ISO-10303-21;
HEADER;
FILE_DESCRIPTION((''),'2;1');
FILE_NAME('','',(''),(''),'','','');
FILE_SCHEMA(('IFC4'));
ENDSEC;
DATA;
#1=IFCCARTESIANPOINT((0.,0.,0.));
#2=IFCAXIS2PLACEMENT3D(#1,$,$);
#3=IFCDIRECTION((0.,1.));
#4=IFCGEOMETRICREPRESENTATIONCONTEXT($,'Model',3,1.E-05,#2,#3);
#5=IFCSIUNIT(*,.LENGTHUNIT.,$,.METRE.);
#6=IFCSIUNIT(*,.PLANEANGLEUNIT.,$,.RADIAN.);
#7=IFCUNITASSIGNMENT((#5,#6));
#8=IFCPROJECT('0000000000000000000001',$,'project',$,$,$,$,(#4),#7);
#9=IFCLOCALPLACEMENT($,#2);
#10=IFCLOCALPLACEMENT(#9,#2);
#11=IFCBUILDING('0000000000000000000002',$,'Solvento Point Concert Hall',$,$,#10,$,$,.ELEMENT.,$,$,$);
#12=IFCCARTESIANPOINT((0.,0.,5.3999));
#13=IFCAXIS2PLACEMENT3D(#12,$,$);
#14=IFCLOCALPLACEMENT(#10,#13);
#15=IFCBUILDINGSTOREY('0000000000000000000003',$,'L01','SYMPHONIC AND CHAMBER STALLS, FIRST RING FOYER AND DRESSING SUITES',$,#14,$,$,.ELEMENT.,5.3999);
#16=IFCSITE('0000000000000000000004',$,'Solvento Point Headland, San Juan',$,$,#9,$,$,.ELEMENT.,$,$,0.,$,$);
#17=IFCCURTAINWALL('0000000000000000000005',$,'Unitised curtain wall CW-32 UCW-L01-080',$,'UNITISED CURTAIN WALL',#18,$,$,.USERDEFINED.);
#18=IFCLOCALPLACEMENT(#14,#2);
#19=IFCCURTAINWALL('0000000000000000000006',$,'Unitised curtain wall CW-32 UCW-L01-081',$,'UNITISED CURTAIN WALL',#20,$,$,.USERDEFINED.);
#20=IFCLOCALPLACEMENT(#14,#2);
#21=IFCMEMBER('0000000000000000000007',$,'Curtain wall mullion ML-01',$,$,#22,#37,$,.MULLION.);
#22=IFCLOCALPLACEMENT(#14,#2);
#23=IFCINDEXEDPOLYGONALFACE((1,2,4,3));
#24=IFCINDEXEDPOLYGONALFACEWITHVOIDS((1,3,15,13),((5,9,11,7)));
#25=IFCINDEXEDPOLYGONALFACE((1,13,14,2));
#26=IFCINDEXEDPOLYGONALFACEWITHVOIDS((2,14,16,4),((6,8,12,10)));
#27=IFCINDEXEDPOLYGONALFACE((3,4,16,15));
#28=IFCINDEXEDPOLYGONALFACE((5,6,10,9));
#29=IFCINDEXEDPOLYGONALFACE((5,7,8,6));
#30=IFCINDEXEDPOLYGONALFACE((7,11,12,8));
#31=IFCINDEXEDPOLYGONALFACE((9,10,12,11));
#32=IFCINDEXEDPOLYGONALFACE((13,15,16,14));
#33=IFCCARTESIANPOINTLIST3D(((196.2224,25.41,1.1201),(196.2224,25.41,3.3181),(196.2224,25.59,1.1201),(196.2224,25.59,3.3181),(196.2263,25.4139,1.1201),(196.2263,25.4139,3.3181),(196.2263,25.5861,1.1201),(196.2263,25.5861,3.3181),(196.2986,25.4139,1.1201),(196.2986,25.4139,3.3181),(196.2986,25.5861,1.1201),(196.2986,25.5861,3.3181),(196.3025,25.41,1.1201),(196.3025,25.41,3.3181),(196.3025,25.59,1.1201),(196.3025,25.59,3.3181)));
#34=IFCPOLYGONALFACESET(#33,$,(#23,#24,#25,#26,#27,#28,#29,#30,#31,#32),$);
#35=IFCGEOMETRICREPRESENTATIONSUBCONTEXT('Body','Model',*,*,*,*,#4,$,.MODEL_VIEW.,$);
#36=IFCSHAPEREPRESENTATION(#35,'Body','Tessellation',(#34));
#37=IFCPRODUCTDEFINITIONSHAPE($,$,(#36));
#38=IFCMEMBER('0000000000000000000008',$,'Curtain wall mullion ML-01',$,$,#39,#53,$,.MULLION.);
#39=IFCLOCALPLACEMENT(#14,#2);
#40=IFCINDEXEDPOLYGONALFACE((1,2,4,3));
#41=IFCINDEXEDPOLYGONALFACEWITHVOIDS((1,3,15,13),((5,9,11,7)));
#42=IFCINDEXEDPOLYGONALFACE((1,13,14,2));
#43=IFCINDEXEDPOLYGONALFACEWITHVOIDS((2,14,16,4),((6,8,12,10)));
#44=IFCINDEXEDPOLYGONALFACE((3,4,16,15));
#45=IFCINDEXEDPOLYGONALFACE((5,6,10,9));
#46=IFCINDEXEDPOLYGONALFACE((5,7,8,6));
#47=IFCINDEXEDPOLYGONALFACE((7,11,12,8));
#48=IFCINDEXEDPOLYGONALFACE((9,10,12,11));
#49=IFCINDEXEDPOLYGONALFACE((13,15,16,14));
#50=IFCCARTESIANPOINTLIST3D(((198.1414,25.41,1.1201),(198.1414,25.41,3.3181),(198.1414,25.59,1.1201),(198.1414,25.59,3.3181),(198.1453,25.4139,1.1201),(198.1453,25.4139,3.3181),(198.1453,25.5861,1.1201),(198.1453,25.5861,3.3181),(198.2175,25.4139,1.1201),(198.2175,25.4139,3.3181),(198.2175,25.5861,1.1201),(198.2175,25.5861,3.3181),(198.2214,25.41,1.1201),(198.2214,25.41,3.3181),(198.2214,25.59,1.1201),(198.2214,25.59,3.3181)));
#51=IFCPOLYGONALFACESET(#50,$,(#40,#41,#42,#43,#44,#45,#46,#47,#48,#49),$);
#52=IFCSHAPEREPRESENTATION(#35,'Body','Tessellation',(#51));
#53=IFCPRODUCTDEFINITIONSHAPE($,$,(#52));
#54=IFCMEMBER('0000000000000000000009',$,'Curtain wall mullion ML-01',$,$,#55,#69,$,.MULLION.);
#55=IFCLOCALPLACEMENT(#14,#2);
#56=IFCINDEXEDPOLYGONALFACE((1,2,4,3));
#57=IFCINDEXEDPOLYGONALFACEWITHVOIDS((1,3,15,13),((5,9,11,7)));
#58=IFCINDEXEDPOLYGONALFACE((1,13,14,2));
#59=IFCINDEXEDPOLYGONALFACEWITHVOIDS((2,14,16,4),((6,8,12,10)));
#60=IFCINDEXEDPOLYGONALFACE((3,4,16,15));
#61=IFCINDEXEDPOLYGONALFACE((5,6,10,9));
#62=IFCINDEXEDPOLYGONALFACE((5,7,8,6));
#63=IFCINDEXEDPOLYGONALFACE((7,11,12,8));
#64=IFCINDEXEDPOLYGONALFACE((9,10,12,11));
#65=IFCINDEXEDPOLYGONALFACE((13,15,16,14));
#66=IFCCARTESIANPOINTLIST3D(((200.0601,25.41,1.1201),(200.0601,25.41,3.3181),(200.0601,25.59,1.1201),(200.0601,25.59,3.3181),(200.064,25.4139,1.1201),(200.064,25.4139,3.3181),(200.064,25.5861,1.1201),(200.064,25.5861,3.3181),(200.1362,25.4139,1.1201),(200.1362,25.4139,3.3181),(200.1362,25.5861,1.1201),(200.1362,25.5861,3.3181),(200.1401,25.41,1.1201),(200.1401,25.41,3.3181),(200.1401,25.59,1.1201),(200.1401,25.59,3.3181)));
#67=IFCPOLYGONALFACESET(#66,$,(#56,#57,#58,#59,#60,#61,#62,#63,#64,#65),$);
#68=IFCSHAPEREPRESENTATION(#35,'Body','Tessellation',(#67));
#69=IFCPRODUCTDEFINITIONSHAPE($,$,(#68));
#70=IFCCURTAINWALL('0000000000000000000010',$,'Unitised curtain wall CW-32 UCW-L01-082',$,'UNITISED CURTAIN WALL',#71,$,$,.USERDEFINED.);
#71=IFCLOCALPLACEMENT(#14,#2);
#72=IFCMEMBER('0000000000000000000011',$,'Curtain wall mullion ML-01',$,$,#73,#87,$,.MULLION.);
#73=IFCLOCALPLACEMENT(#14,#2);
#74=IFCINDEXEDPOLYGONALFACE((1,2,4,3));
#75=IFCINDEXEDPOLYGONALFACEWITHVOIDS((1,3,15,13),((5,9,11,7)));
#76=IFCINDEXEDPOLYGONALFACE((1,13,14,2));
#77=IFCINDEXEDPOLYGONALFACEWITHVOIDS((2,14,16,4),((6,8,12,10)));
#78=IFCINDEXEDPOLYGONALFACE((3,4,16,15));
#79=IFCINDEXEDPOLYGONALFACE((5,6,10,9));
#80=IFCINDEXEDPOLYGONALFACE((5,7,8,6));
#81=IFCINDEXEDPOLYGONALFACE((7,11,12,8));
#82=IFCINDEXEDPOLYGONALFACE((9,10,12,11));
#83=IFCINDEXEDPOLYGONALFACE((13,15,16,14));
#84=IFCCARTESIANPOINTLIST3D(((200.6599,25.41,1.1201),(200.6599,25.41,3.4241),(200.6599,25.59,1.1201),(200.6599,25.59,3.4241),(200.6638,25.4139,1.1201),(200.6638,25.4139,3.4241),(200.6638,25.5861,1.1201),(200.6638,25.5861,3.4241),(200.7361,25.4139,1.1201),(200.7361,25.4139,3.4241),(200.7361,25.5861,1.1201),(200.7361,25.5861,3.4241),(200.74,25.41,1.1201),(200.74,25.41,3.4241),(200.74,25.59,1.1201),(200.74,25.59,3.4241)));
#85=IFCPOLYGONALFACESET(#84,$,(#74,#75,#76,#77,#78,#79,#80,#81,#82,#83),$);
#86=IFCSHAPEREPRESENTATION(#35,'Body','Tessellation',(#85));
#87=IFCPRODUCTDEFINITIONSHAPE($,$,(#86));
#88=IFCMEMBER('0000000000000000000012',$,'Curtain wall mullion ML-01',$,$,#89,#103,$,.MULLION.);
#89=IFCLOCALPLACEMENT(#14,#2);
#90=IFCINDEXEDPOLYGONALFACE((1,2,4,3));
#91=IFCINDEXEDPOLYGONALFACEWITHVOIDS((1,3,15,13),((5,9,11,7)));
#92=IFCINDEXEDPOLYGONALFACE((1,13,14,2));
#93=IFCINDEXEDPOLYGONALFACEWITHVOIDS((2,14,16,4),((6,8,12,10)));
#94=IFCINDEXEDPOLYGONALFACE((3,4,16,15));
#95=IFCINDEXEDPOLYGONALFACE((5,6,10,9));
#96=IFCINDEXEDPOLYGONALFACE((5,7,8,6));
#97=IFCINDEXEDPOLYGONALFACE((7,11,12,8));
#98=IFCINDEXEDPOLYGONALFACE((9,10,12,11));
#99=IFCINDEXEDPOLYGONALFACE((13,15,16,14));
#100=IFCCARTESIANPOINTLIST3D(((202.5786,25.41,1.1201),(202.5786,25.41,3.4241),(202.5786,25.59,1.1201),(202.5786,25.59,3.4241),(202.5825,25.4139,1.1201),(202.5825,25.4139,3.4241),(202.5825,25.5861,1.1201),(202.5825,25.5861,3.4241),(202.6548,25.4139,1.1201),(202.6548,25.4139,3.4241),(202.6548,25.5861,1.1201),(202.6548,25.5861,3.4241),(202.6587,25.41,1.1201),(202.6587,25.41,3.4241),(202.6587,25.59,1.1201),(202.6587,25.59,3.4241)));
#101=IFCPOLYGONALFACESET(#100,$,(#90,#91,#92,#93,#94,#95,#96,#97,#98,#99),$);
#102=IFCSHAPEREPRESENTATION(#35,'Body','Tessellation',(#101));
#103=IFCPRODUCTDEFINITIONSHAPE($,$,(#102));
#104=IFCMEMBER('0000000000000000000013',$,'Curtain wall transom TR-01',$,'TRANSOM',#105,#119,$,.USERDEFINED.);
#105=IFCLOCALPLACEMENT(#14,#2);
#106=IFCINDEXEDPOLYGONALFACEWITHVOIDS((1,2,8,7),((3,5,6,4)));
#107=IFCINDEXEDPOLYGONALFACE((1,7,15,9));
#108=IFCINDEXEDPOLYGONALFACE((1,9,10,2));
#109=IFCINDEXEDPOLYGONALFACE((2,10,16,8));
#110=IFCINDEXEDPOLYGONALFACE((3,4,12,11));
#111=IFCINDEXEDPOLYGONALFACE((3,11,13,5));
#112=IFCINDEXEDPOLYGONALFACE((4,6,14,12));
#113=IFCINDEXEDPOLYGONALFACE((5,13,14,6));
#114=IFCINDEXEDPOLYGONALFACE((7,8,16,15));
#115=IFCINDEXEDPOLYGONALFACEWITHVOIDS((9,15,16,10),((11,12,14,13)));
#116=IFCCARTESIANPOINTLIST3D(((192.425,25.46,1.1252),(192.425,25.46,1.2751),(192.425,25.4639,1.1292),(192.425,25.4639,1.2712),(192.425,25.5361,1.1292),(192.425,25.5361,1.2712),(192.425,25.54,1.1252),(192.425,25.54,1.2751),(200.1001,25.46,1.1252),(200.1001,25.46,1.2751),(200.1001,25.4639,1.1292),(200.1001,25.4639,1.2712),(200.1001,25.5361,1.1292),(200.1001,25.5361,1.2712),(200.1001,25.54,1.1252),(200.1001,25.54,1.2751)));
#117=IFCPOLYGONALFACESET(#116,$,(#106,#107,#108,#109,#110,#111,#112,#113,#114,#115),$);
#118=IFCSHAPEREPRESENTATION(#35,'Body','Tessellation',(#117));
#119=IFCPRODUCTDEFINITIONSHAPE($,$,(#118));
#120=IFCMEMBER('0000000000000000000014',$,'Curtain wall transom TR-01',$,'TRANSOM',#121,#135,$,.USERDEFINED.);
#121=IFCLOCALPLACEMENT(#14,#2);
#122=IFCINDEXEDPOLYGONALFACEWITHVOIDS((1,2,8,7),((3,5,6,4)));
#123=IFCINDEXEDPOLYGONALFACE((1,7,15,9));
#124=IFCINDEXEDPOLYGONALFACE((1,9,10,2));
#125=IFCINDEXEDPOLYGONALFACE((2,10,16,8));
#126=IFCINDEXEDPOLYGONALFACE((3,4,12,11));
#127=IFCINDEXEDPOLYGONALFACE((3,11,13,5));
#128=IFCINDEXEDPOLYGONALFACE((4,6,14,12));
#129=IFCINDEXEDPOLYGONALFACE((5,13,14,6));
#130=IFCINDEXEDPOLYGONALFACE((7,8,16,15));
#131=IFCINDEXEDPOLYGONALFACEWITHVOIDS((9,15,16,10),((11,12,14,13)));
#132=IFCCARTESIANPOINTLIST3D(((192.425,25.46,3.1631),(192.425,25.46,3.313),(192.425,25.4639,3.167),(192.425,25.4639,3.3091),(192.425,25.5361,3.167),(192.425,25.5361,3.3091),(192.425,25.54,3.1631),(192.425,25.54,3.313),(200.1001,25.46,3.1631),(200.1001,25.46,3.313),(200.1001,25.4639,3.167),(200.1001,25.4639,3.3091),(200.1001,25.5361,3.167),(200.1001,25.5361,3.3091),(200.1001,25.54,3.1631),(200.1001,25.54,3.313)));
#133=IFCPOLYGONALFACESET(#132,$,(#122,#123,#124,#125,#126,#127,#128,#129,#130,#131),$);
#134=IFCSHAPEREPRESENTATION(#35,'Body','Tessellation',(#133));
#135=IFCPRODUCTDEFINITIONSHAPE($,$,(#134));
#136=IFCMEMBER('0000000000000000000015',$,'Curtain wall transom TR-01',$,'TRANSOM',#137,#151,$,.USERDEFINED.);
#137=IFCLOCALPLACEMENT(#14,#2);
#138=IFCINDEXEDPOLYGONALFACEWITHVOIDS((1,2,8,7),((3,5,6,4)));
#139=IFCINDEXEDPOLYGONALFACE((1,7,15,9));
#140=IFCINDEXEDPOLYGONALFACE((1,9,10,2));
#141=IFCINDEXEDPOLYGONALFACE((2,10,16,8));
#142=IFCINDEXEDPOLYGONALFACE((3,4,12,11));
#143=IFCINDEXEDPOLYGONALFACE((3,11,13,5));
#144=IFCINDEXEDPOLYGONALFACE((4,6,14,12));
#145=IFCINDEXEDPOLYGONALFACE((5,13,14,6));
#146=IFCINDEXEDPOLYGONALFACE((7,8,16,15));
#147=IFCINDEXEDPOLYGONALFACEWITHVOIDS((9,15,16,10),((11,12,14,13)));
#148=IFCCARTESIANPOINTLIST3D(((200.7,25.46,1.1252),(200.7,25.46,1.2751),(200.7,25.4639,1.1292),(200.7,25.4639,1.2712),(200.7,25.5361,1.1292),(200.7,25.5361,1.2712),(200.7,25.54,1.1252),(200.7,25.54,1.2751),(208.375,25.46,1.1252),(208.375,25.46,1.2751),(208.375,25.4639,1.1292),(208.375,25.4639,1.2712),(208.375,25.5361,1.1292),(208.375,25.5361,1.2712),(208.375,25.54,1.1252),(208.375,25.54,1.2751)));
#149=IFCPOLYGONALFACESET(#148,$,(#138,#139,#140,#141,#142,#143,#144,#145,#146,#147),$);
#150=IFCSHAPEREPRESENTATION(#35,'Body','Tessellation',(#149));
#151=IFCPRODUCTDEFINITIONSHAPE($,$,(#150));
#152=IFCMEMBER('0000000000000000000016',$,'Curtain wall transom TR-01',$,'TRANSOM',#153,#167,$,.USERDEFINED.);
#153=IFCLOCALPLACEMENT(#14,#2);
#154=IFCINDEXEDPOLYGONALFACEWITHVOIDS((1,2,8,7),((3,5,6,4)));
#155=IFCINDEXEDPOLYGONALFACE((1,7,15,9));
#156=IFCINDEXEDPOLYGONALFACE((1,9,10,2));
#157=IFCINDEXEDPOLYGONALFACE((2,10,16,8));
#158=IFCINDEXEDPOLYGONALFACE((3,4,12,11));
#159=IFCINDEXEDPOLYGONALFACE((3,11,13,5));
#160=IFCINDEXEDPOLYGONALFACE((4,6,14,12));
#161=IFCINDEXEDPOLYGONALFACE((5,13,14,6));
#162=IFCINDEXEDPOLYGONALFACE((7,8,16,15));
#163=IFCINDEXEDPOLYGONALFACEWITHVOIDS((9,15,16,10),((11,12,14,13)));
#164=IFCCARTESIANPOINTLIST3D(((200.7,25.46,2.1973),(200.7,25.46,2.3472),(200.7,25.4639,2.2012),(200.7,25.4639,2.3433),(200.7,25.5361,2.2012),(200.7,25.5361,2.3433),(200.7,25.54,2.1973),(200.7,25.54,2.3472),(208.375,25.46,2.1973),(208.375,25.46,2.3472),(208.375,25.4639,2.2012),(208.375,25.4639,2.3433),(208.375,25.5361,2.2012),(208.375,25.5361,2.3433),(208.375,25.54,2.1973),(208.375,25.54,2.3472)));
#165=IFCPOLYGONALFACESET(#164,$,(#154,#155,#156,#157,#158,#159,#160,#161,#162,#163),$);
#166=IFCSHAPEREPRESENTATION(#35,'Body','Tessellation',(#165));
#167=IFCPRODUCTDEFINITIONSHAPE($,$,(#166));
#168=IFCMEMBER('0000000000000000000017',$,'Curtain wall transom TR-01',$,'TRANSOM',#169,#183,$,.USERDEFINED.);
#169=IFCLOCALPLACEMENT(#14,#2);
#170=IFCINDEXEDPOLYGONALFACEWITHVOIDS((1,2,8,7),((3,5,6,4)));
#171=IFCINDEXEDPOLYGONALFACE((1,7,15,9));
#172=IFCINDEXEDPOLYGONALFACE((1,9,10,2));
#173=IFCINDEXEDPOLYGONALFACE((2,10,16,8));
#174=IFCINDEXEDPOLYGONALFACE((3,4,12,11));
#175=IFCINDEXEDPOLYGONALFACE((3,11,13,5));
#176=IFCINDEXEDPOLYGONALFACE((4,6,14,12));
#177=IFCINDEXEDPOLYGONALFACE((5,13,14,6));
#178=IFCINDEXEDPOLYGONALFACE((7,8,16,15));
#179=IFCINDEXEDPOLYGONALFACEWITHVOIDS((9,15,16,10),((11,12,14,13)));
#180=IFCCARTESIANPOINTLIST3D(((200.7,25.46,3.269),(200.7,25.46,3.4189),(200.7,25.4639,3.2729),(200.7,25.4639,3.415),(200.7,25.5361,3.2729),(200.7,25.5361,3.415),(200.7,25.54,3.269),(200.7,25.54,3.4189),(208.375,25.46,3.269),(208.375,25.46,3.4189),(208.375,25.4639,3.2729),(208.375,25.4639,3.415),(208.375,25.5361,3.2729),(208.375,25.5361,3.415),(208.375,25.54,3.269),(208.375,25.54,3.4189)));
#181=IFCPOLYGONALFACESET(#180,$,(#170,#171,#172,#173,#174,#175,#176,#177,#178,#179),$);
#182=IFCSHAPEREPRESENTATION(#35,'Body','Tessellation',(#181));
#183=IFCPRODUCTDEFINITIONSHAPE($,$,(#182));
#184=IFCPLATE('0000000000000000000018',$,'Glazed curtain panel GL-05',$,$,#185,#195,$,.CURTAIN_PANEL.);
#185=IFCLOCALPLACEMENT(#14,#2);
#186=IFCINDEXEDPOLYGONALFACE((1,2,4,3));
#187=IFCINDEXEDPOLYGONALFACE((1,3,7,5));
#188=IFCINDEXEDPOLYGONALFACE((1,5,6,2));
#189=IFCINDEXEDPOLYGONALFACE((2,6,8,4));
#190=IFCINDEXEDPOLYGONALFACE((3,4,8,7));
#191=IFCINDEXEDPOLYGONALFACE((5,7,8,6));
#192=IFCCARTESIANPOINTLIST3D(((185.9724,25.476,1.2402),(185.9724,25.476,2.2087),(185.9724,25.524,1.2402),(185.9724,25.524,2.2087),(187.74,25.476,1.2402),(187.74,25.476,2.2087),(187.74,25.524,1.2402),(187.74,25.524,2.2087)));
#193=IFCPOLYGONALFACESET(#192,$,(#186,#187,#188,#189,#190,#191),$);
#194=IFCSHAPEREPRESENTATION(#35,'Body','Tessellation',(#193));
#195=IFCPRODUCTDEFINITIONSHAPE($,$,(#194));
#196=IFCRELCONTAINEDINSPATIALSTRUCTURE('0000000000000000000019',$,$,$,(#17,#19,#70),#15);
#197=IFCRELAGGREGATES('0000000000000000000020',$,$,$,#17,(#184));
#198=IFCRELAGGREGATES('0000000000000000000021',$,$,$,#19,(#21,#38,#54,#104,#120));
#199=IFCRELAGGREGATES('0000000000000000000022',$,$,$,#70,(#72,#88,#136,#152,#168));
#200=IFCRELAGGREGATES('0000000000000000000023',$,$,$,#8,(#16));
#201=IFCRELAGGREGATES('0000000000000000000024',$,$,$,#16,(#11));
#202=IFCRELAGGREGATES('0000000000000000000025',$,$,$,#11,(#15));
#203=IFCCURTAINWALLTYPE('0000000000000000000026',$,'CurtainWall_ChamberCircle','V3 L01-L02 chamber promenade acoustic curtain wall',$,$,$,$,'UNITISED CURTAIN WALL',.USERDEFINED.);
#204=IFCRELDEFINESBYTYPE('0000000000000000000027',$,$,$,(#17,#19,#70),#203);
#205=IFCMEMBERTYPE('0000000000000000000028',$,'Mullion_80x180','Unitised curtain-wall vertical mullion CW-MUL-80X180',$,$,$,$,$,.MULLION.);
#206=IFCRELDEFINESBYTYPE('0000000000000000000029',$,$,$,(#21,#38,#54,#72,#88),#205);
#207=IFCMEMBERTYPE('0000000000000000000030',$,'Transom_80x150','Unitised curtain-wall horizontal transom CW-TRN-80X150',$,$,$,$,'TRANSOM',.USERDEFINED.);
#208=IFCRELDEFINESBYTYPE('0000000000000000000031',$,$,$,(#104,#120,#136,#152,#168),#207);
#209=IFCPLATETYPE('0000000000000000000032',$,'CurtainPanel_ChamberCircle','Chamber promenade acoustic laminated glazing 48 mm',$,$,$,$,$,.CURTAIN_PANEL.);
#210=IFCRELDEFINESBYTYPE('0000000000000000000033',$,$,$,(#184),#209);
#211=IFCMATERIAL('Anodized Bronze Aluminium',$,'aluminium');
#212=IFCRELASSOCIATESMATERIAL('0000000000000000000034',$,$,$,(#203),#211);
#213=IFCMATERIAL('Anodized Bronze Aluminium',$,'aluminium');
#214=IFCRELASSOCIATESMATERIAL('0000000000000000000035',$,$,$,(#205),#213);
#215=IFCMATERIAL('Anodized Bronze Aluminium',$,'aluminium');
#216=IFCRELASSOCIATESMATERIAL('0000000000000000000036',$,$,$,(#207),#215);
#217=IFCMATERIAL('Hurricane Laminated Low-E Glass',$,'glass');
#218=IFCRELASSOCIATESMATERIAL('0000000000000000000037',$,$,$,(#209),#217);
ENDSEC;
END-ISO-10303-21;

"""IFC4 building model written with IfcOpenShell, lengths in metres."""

from ifc_helpers import new_model, si_unit, direction, frame, origin, origin_2d, place, context, subcontext, project, spatial, rectangle, hollow_rectangle, extrude, material, material_profile, profile_set, type_object, element, aggregate, save


model = new_model("IFC4")

# Units and contexts
model_context = context("Model", 3, precision=1e-05, world=origin(), true_north=direction((0.0, 1.0)))
body_context = subcontext(model_context, "Body", "Model", "MODEL_VIEW")
ifc_project = project(units=[si_unit("LENGTHUNIT", "METRE"), si_unit("PLANEANGLEUNIT", "RADIAN")], contexts=[model_context])

# Site, building, storey
site_placement = place(None, origin())
site = spatial("IfcSite", under=ifc_project, at=site_placement, Name="Solvento Point Headland, San Juan", CompositionType="ELEMENT", RefElevation=0.0)
building_placement = place(site_placement, origin())
building = spatial("IfcBuilding", under=site, at=building_placement, Name="Solvento Point Concert Hall", CompositionType="ELEMENT")
storey_placement = place(building_placement, frame((0.0, 0.0, 5.3999)))
storey = spatial("IfcBuildingStorey", under=building, at=storey_placement, Name="L01", Description="SYMPHONIC AND CHAMBER STALLS, FIRST RING FOYER AND DRESSING SUITES", CompositionType="ELEMENT", Elevation=5.3999)

# Curtain walls, members
ifc_material_1 = material(Name="Anodized Bronze Aluminium", Category="aluminium")
curtain_wall_type = type_object("IfcCurtainWallType", Name="CurtainWall_ChamberCircle", Description="V3 L01-L02 chamber promenade acoustic curtain wall", ElementType="UNITISED CURTAIN WALL", PredefinedType="USERDEFINED", material=ifc_material_1)
curtain_wall_1_placement = place(storey_placement, origin())
curtain_wall_1 = element("IfcCurtainWall", 1, at=curtain_wall_1_placement, inside=storey, type_object=curtain_wall_type, Name="Unitised curtain wall CW-32 UCW-L01-080", ObjectType="UNITISED CURTAIN WALL", PredefinedType="USERDEFINED")
ifc_material_2 = material(Name="Anodized Bronze Aluminium", Category="aluminium")
ifc_material_profile_1 = material_profile(ifc_material_2, hollow_rectangle(XDim=0.0801, YDim=0.1799, WallThickness=0.0039, at=origin_2d()), Name="CW-MUL-80X180")
ifc_profile_set_1 = profile_set([ifc_material_profile_1], Name="Anodized Bronze Aluminium")
member_type_1 = type_object("IfcMemberType", Name="Mullion_80x180", Description="Unitised curtain-wall vertical mullion CW-MUL-80X180", PredefinedType="MULLION", material=ifc_profile_set_1)
curtain_wall_2_placement = place(storey_placement, origin())
curtain_wall_2 = element("IfcCurtainWall", 2, at=curtain_wall_2_placement, inside=storey, type_object=curtain_wall_type, Name="Unitised curtain wall CW-32 UCW-L01-081", ObjectType="UNITISED CURTAIN WALL", PredefinedType="USERDEFINED")
member_1_placement = place(storey_placement, frame((196.2625, 25.5, 1.1201), z_axis=(0.0, 0.0, 1.0), x_axis=(1.0, 0.0, 0.0)))
member_1 = element("IfcMember", 3, at=member_1_placement, type_object=member_type_1, Name="Curtain wall mullion ML-01", PredefinedType="MULLION", context=body_context, shape_type="SweptSolid", body=[
    extrude(hollow_rectangle(XDim=0.0801, YDim=0.1799, WallThickness=0.0039, at=origin_2d()), origin(), (0.0, 0.0, 1.0), 2.198),
])
member_2_placement = place(storey_placement, frame((198.1814, 25.5, 1.1201), z_axis=(0.0, 0.0, 1.0), x_axis=(1.0, 0.0, 0.0)))
member_2 = element("IfcMember", 4, at=member_2_placement, type_object=member_type_1, Name="Curtain wall mullion ML-01", PredefinedType="MULLION", context=body_context, shape_type="SweptSolid", body=[
    extrude(hollow_rectangle(XDim=0.0801, YDim=0.1799, WallThickness=0.0039, at=origin_2d()), origin(), (0.0, 0.0, 1.0), 2.198),
])
member_3_placement = place(storey_placement, frame((200.1001, 25.5, 1.1201), z_axis=(0.0, 0.0, 1.0), x_axis=(1.0, 0.0, 0.0)))
member_3 = element("IfcMember", 5, at=member_3_placement, type_object=member_type_1, Name="Curtain wall mullion ML-01", PredefinedType="MULLION", context=body_context, shape_type="SweptSolid", body=[
    extrude(hollow_rectangle(XDim=0.0801, YDim=0.1799, WallThickness=0.0039, at=origin_2d()), origin(), (0.0, 0.0, 1.0), 2.198),
])
curtain_wall_3_placement = place(storey_placement, origin())
curtain_wall_3 = element("IfcCurtainWall", 6, at=curtain_wall_3_placement, inside=storey, type_object=curtain_wall_type, Name="Unitised curtain wall CW-32 UCW-L01-082", ObjectType="UNITISED CURTAIN WALL", PredefinedType="USERDEFINED")
member_4_placement = place(storey_placement, frame((200.7, 25.5, 1.1201), z_axis=(0.0, 0.0, 1.0), x_axis=(1.0, 0.0, 0.0)))
member_4 = element("IfcMember", 7, at=member_4_placement, type_object=member_type_1, Name="Curtain wall mullion ML-01", PredefinedType="MULLION", context=body_context, shape_type="SweptSolid", body=[
    extrude(hollow_rectangle(XDim=0.0801, YDim=0.1799, WallThickness=0.0039, at=origin_2d()), origin(), (0.0, 0.0, 1.0), 2.304),
])
member_5_placement = place(storey_placement, frame((202.6187, 25.5, 1.1201), z_axis=(0.0, 0.0, 1.0), x_axis=(1.0, 0.0, 0.0)))
member_5 = element("IfcMember", 8, at=member_5_placement, type_object=member_type_1, Name="Curtain wall mullion ML-01", PredefinedType="MULLION", context=body_context, shape_type="SweptSolid", body=[
    extrude(hollow_rectangle(XDim=0.0801, YDim=0.1799, WallThickness=0.0039, at=origin_2d()), origin(), (0.0, 0.0, 1.0), 2.304),
])

# Members
ifc_material_3 = material(Name="Anodized Bronze Aluminium", Category="aluminium")
ifc_material_profile_2 = material_profile(ifc_material_3, hollow_rectangle(XDim=0.0801, YDim=0.1499, WallThickness=0.0039, at=origin_2d()), Name="CW-TRN-80X150")
ifc_profile_set_2 = profile_set([ifc_material_profile_2], Name="Anodized Bronze Aluminium")
member_type_2 = type_object("IfcMemberType", Name="Transom_80x150", Description="Unitised curtain-wall horizontal transom CW-TRN-80X150", ElementType="TRANSOM", PredefinedType="USERDEFINED", material=ifc_profile_set_2)
member_6_placement = place(storey_placement, frame((192.425, 25.5, 1.2002), z_axis=(1.0, 0.0, 0.0), x_axis=(0.0, 1.0, 0.0)))
member_6 = element("IfcMember", 9, at=member_6_placement, type_object=member_type_2, Name="Curtain wall transom TR-01", ObjectType="TRANSOM", PredefinedType="USERDEFINED", context=body_context, shape_type="SweptSolid", body=[
    extrude(hollow_rectangle(XDim=0.0801, YDim=0.1499, WallThickness=0.0039, at=origin_2d()), origin(), (0.0, 0.0, 1.0), 7.675),
])
member_7_placement = place(storey_placement, frame((192.425, 25.5, 3.238), z_axis=(1.0, 0.0, 0.0), x_axis=(0.0, 1.0, 0.0)))
member_7 = element("IfcMember", 10, at=member_7_placement, type_object=member_type_2, Name="Curtain wall transom TR-01", ObjectType="TRANSOM", PredefinedType="USERDEFINED", context=body_context, shape_type="SweptSolid", body=[
    extrude(hollow_rectangle(XDim=0.0801, YDim=0.1499, WallThickness=0.0039, at=origin_2d()), origin(), (0.0, 0.0, 1.0), 7.675),
])
member_8_placement = place(storey_placement, frame((200.7, 25.5, 1.2002), z_axis=(1.0, 0.0, 0.0), x_axis=(0.0, 1.0, 0.0)))
member_8 = element("IfcMember", 11, at=member_8_placement, type_object=member_type_2, Name="Curtain wall transom TR-01", ObjectType="TRANSOM", PredefinedType="USERDEFINED", context=body_context, shape_type="SweptSolid", body=[
    extrude(hollow_rectangle(XDim=0.0801, YDim=0.1499, WallThickness=0.0039, at=origin_2d()), origin(), (0.0, 0.0, 1.0), 7.675),
])
member_9_placement = place(storey_placement, frame((200.7, 25.5, 2.2722), z_axis=(1.0, 0.0, 0.0), x_axis=(0.0, 1.0, 0.0)))
member_9 = element("IfcMember", 12, at=member_9_placement, type_object=member_type_2, Name="Curtain wall transom TR-01", ObjectType="TRANSOM", PredefinedType="USERDEFINED", context=body_context, shape_type="SweptSolid", body=[
    extrude(hollow_rectangle(XDim=0.0801, YDim=0.1499, WallThickness=0.0039, at=origin_2d()), origin(), (0.0, 0.0, 1.0), 7.675),
])
member_10_placement = place(storey_placement, frame((200.7, 25.5, 3.344), z_axis=(1.0, 0.0, 0.0), x_axis=(0.0, 1.0, 0.0)))
member_10 = element("IfcMember", 13, at=member_10_placement, type_object=member_type_2, Name="Curtain wall transom TR-01", ObjectType="TRANSOM", PredefinedType="USERDEFINED", context=body_context, shape_type="SweptSolid", body=[
    extrude(hollow_rectangle(XDim=0.0801, YDim=0.1499, WallThickness=0.0039, at=origin_2d()), origin(), (0.0, 0.0, 1.0), 7.675),
])

# Plate
ifc_material_4 = material(Name="Hurricane Laminated Low-E Glass", Category="glass")
plate_type = type_object("IfcPlateType", Name="CurtainPanel_ChamberCircle", Description="Chamber promenade acoustic laminated glazing 48 mm", PredefinedType="CURTAIN_PANEL", material=ifc_material_4)
plate_1_placement = place(storey_placement, frame((186.8562, 25.5, 1.2402), z_axis=(0.0, 0.0, 1.0), x_axis=(1.0, 0.0, 0.0)))
plate_1 = element("IfcPlate", 14, at=plate_1_placement, type_object=plate_type, Name="Glazed curtain panel GL-05", PredefinedType="CURTAIN_PANEL", context=body_context, shape_type="SweptSolid", body=[
    extrude(rectangle(XDim=1.7676, YDim=0.0481, at=origin_2d()), origin(), (0.0, 0.0, 1.0), 0.9685),
])
aggregate(curtain_wall_1, [plate_1])
aggregate(curtain_wall_2, [member_1, member_2, member_3, member_6, member_7])
aggregate(curtain_wall_3, [member_4, member_5, member_8, member_9, member_10])

save(model, "model.ifc")
